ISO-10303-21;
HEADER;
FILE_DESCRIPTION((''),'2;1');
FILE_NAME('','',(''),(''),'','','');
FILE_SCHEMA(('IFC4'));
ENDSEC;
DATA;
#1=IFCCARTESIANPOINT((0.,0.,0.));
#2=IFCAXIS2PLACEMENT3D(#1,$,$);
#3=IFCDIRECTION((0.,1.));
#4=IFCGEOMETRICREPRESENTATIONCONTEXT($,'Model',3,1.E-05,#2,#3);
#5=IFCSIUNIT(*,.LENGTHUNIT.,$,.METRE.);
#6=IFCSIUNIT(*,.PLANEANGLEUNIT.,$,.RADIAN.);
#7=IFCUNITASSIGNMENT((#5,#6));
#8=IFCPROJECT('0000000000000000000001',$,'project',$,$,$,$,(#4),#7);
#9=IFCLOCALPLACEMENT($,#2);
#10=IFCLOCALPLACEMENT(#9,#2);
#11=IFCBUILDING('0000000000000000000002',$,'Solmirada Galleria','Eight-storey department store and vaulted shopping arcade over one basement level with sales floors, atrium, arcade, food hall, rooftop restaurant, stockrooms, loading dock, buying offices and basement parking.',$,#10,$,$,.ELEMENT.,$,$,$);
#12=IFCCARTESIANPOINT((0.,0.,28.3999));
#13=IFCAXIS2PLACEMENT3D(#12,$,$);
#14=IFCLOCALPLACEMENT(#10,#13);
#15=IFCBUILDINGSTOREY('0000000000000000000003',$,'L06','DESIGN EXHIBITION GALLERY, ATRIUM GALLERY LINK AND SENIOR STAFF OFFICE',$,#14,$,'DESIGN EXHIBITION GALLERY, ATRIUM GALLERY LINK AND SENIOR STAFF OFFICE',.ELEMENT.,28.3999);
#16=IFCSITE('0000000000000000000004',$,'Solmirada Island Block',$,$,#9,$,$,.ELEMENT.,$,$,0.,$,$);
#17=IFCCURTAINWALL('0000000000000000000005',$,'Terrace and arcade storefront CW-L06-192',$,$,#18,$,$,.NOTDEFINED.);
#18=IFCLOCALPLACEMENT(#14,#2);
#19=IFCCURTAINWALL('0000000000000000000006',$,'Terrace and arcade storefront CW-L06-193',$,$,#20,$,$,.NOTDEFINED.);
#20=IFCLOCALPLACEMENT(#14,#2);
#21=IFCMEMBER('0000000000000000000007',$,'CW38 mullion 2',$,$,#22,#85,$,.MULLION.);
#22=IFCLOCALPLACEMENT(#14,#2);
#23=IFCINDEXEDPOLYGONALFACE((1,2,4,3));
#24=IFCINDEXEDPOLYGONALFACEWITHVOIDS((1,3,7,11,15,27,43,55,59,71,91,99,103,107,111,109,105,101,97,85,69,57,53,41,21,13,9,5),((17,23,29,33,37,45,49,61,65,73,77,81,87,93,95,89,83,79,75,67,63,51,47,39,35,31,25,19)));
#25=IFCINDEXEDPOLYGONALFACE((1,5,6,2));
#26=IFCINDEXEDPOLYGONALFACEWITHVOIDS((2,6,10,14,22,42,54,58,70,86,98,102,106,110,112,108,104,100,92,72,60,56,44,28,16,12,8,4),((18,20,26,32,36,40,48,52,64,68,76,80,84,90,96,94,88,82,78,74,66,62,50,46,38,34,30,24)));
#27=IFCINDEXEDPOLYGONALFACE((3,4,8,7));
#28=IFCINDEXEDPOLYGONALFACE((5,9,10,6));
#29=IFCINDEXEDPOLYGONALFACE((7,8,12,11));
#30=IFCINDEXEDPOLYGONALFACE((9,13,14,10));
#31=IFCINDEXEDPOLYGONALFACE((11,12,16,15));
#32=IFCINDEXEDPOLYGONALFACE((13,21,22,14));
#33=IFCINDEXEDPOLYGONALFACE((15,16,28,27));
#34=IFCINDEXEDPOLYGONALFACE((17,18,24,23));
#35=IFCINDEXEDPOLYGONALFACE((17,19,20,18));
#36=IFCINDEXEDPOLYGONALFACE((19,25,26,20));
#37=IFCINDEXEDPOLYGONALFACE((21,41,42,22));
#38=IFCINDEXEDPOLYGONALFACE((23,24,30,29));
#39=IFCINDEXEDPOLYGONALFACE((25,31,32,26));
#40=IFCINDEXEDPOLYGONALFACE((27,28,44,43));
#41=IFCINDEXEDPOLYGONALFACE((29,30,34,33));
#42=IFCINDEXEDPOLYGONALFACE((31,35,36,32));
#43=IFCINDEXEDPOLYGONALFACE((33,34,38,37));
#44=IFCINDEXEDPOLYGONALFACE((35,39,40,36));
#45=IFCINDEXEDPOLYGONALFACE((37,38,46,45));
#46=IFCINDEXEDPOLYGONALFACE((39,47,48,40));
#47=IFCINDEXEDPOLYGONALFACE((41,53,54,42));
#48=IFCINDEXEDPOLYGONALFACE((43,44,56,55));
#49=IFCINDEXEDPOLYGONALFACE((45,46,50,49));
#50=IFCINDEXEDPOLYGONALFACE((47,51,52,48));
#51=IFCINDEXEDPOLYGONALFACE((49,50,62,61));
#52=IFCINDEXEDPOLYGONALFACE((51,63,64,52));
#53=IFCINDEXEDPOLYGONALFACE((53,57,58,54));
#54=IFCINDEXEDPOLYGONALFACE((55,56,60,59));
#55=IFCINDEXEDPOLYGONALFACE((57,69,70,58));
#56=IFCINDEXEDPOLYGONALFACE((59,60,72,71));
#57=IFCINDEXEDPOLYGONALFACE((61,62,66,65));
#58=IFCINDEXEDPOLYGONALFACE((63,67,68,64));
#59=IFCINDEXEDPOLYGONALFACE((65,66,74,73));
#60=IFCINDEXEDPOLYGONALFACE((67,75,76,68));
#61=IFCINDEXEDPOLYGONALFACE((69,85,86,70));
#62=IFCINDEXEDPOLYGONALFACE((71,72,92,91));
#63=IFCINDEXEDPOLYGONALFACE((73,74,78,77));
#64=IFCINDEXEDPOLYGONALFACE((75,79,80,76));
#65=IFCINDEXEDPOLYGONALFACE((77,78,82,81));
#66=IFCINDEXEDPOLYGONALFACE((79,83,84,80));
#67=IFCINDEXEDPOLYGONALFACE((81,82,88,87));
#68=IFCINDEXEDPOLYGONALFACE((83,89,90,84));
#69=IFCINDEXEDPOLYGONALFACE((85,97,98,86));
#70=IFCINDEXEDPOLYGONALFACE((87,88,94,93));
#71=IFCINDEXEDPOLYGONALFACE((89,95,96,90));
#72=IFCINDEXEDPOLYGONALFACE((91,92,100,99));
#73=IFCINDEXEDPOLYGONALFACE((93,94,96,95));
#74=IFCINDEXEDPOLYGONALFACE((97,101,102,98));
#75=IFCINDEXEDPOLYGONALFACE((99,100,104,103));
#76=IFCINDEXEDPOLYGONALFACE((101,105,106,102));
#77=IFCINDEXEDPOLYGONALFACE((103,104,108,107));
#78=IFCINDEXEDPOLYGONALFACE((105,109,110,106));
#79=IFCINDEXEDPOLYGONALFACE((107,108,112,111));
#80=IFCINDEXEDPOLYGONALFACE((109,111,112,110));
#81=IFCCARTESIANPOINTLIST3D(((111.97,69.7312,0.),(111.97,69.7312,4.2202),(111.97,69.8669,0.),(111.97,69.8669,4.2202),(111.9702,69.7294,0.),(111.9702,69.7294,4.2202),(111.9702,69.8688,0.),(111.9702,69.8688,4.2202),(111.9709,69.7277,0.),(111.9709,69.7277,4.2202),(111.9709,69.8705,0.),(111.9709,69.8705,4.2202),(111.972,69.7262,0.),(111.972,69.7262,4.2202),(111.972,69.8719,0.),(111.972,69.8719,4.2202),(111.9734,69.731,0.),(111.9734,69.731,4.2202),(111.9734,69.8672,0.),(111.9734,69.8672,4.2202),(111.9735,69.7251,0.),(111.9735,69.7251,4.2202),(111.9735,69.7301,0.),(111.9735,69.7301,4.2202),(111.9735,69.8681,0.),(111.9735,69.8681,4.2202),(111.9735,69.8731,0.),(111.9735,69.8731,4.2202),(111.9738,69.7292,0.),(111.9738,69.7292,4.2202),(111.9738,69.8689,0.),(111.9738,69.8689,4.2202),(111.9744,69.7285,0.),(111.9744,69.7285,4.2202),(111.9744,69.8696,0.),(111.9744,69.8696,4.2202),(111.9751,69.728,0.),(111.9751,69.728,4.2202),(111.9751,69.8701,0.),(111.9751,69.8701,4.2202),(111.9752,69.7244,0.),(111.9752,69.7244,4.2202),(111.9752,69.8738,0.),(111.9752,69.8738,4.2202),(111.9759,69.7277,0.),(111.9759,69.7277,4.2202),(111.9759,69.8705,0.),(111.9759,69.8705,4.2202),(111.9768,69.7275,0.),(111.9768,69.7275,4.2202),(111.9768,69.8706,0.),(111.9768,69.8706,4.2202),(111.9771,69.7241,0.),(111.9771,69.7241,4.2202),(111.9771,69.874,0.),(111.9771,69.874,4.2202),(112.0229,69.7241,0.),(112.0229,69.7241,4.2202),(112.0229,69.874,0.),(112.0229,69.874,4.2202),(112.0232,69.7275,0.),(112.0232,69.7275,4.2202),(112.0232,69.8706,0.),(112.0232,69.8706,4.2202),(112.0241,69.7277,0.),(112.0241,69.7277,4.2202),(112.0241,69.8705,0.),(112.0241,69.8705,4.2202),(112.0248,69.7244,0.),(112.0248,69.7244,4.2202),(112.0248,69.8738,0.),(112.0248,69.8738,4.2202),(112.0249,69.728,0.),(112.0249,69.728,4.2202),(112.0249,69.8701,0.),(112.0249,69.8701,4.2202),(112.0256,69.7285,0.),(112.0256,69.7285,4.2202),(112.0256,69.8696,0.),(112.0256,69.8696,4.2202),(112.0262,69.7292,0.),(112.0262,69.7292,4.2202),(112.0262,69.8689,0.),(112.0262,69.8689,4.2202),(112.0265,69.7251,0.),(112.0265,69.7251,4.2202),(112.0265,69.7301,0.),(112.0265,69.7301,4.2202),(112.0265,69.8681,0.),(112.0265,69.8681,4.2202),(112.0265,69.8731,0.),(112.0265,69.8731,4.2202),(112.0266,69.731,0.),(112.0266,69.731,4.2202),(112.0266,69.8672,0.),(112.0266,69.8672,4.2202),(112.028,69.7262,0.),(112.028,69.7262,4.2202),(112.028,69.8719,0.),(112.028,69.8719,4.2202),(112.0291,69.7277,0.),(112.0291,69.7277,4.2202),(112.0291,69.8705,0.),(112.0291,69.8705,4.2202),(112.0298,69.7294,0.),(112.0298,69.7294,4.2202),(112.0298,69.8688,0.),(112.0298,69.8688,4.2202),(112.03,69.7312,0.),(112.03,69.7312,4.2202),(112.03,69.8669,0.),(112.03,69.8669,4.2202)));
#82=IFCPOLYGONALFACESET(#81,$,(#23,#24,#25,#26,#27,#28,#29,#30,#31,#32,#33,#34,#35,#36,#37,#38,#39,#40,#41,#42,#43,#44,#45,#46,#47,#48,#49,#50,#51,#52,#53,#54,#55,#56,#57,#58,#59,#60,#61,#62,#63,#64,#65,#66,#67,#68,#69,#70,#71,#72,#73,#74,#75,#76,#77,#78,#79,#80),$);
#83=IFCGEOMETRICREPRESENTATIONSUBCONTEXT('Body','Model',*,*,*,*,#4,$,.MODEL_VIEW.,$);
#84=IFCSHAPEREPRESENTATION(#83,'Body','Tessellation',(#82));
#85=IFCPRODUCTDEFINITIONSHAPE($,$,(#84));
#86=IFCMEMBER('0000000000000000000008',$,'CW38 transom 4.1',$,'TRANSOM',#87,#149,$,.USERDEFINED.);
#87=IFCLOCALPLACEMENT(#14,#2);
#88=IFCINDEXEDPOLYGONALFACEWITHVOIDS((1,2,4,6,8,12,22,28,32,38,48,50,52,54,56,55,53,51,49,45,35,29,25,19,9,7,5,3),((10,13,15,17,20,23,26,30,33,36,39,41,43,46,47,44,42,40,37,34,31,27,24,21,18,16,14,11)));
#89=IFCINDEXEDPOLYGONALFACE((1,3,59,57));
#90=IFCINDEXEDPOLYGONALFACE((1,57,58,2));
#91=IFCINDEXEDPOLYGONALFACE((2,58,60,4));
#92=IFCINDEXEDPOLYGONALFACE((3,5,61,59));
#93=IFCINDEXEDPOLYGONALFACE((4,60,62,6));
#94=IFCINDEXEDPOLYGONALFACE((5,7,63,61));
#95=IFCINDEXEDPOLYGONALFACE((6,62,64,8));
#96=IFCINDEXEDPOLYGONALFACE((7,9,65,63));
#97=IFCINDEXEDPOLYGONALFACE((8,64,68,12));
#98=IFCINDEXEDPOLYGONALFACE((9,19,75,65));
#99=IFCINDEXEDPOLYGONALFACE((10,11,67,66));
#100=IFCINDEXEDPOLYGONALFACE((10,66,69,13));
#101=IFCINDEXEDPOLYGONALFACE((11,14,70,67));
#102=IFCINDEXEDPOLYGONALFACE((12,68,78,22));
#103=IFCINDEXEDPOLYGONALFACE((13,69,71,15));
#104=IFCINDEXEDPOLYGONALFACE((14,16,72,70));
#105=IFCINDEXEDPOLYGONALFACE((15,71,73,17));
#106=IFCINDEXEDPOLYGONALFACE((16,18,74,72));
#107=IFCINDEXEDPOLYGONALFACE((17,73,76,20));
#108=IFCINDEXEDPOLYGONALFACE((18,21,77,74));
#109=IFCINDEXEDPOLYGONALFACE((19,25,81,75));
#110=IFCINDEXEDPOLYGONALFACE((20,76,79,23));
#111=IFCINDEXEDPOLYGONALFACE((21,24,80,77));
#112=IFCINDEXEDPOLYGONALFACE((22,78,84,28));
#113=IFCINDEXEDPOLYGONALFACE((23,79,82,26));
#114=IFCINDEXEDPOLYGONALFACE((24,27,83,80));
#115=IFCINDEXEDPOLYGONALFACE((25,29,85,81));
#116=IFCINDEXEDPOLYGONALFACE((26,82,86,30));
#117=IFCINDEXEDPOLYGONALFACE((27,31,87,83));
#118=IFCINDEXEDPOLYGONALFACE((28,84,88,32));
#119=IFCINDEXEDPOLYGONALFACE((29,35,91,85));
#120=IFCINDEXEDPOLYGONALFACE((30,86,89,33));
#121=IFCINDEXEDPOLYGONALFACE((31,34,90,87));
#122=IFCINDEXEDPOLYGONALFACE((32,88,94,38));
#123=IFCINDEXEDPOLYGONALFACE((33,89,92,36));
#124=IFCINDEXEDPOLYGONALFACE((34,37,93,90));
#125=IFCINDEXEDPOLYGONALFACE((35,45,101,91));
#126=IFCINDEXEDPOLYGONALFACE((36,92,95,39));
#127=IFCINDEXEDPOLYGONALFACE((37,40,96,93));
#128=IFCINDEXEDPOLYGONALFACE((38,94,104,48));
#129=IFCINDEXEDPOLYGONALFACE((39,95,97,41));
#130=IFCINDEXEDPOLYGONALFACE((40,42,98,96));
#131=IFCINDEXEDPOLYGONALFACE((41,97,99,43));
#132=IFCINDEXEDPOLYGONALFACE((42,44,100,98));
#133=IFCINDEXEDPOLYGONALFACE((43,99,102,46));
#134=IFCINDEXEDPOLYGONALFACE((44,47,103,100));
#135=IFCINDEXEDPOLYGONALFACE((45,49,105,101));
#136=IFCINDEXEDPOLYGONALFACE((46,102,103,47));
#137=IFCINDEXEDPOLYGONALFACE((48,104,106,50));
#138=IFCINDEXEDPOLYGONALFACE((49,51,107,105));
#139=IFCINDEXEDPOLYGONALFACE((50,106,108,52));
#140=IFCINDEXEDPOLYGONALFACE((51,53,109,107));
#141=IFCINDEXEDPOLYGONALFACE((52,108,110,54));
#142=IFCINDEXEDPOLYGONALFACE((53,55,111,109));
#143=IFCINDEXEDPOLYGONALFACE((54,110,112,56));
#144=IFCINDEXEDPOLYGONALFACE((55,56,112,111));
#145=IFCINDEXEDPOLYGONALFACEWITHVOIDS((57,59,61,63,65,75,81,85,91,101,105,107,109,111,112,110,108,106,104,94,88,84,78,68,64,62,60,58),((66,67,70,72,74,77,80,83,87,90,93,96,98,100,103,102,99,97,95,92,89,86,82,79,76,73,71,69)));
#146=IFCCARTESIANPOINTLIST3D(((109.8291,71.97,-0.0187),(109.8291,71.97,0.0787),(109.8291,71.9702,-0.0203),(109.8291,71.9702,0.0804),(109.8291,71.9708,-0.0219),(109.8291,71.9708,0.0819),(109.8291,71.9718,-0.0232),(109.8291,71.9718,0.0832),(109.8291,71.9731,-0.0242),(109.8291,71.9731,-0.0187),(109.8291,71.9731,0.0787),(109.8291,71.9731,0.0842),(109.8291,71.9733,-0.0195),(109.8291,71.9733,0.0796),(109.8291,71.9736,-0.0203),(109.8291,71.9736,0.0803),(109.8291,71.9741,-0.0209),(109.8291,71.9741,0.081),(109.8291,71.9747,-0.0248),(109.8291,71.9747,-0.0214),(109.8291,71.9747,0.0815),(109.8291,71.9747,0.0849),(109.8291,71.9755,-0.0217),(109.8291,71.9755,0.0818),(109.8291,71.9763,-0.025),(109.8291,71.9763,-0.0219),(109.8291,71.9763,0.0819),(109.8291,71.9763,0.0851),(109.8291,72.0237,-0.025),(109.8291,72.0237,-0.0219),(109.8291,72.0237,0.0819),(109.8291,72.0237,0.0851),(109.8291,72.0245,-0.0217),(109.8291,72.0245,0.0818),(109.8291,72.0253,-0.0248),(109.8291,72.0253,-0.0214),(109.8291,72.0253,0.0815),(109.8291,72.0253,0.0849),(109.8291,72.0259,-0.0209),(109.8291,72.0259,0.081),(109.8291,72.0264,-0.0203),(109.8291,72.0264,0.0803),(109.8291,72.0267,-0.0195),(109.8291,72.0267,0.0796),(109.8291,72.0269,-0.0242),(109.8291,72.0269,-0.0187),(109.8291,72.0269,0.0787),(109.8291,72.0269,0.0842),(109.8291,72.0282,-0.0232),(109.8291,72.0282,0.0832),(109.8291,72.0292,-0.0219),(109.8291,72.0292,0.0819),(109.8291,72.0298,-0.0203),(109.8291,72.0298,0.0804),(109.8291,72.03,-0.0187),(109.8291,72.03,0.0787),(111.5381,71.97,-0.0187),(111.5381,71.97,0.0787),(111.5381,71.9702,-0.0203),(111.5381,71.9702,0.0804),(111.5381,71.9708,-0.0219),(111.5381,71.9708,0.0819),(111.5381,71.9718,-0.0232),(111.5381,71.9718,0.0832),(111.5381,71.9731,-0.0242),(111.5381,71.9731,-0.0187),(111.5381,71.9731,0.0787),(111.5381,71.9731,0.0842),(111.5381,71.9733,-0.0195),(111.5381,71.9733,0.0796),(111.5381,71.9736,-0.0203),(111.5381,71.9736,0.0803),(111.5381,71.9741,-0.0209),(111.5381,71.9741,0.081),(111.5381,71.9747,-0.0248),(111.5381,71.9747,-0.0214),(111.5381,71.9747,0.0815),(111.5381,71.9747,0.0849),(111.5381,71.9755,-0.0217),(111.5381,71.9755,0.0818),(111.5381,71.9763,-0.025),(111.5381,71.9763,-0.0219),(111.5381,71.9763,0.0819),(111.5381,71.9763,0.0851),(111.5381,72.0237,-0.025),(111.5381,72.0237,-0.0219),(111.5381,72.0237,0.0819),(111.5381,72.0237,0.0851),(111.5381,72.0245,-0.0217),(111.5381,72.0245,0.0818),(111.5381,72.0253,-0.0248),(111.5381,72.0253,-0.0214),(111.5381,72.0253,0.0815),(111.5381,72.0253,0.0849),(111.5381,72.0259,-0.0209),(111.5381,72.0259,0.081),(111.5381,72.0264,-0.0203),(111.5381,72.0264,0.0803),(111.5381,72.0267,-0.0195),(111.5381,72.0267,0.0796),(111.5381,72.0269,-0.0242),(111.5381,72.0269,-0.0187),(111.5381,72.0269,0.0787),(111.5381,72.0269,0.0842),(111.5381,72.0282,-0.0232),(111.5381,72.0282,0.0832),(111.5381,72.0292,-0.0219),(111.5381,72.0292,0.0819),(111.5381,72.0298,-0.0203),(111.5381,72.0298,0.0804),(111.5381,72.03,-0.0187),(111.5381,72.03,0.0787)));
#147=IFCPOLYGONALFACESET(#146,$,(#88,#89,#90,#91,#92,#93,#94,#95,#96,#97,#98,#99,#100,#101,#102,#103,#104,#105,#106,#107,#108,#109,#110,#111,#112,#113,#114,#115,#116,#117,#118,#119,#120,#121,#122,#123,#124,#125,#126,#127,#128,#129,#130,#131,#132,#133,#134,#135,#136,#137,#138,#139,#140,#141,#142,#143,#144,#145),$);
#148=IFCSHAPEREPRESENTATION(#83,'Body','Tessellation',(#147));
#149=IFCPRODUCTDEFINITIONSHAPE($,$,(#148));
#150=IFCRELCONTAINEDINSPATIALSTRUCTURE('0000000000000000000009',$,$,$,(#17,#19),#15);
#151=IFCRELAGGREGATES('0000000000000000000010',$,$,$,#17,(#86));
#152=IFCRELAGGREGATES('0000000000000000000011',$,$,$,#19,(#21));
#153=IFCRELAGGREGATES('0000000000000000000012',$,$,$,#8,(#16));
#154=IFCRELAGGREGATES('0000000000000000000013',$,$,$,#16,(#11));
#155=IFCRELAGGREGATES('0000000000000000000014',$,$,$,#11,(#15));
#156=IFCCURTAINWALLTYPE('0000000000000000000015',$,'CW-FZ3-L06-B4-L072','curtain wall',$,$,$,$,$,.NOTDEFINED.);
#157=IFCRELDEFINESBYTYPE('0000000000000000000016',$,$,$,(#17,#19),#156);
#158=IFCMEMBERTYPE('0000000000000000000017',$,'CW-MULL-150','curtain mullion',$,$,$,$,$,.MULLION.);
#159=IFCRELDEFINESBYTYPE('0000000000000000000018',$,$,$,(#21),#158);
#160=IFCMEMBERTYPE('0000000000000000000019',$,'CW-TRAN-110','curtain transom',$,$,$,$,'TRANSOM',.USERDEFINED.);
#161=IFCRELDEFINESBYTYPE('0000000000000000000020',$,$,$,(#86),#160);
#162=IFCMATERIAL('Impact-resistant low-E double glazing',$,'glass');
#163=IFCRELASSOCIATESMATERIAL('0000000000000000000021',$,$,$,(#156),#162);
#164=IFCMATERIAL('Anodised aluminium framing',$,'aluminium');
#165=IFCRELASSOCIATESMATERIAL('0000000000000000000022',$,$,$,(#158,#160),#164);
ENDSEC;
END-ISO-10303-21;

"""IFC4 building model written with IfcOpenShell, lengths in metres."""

from ifc_helpers import new_model, si_unit, direction, frame, origin, origin_2d, place, context, subcontext, project, spatial, hollow_rectangle, extrude, material, material_profile, profile_set, type_object, element, aggregate, save


model = new_model("IFC4")

# Units and contexts
model_context = context("Model", 3, precision=1e-05, world=origin(), true_north=direction((0.0, 1.0)))
body_context = subcontext(model_context, "Body", "Model", "MODEL_VIEW")
ifc_project = project(units=[si_unit("LENGTHUNIT", "METRE"), si_unit("PLANEANGLEUNIT", "RADIAN")], contexts=[model_context])

# Site, building, storey
site_placement = place(None, origin())
site = spatial("IfcSite", under=ifc_project, at=site_placement, Name="Solmirada Island Block", CompositionType="ELEMENT", RefElevation=0.0)
building_placement = place(site_placement, origin())
building = spatial("IfcBuilding", under=site, at=building_placement, Name="Solmirada Galleria", Description="Eight-storey department store and vaulted shopping arcade over one basement level with sales floors, atrium, arcade, food hall, rooftop restaurant, stockrooms, loading dock, buying offices and basement parking.", CompositionType="ELEMENT")
storey_placement = place(building_placement, frame((0.0, 0.0, 28.3999)))
storey = spatial("IfcBuildingStorey", under=building, at=storey_placement, Name="L06", Description="DESIGN EXHIBITION GALLERY, ATRIUM GALLERY LINK AND SENIOR STAFF OFFICE", LongName="DESIGN EXHIBITION GALLERY, ATRIUM GALLERY LINK AND SENIOR STAFF OFFICE", CompositionType="ELEMENT", Elevation=28.3999)

# Curtain walls, member
ifc_material_1 = material(Name="Impact-resistant low-E double glazing", Category="glass")
curtain_wall_type = type_object("IfcCurtainWallType", Name="CW-FZ3-L06-B4-L072", Description="curtain wall", PredefinedType="NOTDEFINED", material=ifc_material_1)
curtain_wall_1_placement = place(storey_placement, origin())
curtain_wall_1 = element("IfcCurtainWall", 1, at=curtain_wall_1_placement, inside=storey, type_object=curtain_wall_type, Name="Terrace and arcade storefront CW-L06-192", PredefinedType="NOTDEFINED")
ifc_material_2 = material(Name="Anodised aluminium framing", Category="aluminium")
ifc_material_profile_1 = material_profile(ifc_material_2, hollow_rectangle(XDim=0.0601, YDim=0.1499, WallThickness=0.0034, InnerFilletRadius=0.0034, OuterFilletRadius=0.0071, at=origin_2d()), Name="ALU-MULL-150X60")
ifc_profile_set_1 = profile_set([ifc_material_profile_1], Name="Anodised aluminium framing")
member_type_1 = type_object("IfcMemberType", Name="CW-MULL-150", Description="curtain mullion", PredefinedType="MULLION", material=ifc_profile_set_1)
curtain_wall_2_placement = place(storey_placement, origin())
curtain_wall_2 = element("IfcCurtainWall", 2, at=curtain_wall_2_placement, inside=storey, type_object=curtain_wall_type, Name="Terrace and arcade storefront CW-L06-193", PredefinedType="NOTDEFINED")
member_1_placement = place(storey_placement, frame((112.0, 69.7991, 0.0), z_axis=(0.0, 0.0, 1.0), x_axis=(1.0, 0.0, 0.0)))
member_1 = element("IfcMember", 3, at=member_1_placement, type_object=member_type_1, Name="CW38 mullion 2", PredefinedType="MULLION", context=body_context, shape_type="SweptSolid", body=[
    extrude(hollow_rectangle(XDim=0.0601, YDim=0.1499, WallThickness=0.0034, InnerFilletRadius=0.0034, OuterFilletRadius=0.0071, at=origin_2d()), origin(), (0.0, 0.0, 1.0), 4.2202),
])

# Member
ifc_material_profile_2 = material_profile(ifc_material_2, hollow_rectangle(XDim=0.0601, YDim=0.1101, WallThickness=0.0032, InnerFilletRadius=0.0032, OuterFilletRadius=0.0063, at=origin_2d()), Name="ALU-TRAN-110X60")
ifc_profile_set_2 = profile_set([ifc_material_profile_2], Name="Anodised aluminium framing")
member_type_2 = type_object("IfcMemberType", Name="CW-TRAN-110", Description="curtain transom", ElementType="TRANSOM", PredefinedType="USERDEFINED", material=ifc_profile_set_2)
member_2_placement = place(storey_placement, frame((109.8291, 72.0, 0.03), z_axis=(1.0, 0.0, 0.0), x_axis=(0.0, 1.0, 0.0)))
member_2 = element("IfcMember", 4, at=member_2_placement, type_object=member_type_2, Name="CW38 transom 4.1", ObjectType="TRANSOM", PredefinedType="USERDEFINED", context=body_context, shape_type="SweptSolid", body=[
    extrude(hollow_rectangle(XDim=0.0601, YDim=0.1101, WallThickness=0.0032, InnerFilletRadius=0.0032, OuterFilletRadius=0.0063, at=origin_2d()), origin(), (0.0, 0.0, 1.0), 1.709),
])

aggregate(curtain_wall_1, [member_2])
aggregate(curtain_wall_2, [member_1])

save(model, "model.ifc")
